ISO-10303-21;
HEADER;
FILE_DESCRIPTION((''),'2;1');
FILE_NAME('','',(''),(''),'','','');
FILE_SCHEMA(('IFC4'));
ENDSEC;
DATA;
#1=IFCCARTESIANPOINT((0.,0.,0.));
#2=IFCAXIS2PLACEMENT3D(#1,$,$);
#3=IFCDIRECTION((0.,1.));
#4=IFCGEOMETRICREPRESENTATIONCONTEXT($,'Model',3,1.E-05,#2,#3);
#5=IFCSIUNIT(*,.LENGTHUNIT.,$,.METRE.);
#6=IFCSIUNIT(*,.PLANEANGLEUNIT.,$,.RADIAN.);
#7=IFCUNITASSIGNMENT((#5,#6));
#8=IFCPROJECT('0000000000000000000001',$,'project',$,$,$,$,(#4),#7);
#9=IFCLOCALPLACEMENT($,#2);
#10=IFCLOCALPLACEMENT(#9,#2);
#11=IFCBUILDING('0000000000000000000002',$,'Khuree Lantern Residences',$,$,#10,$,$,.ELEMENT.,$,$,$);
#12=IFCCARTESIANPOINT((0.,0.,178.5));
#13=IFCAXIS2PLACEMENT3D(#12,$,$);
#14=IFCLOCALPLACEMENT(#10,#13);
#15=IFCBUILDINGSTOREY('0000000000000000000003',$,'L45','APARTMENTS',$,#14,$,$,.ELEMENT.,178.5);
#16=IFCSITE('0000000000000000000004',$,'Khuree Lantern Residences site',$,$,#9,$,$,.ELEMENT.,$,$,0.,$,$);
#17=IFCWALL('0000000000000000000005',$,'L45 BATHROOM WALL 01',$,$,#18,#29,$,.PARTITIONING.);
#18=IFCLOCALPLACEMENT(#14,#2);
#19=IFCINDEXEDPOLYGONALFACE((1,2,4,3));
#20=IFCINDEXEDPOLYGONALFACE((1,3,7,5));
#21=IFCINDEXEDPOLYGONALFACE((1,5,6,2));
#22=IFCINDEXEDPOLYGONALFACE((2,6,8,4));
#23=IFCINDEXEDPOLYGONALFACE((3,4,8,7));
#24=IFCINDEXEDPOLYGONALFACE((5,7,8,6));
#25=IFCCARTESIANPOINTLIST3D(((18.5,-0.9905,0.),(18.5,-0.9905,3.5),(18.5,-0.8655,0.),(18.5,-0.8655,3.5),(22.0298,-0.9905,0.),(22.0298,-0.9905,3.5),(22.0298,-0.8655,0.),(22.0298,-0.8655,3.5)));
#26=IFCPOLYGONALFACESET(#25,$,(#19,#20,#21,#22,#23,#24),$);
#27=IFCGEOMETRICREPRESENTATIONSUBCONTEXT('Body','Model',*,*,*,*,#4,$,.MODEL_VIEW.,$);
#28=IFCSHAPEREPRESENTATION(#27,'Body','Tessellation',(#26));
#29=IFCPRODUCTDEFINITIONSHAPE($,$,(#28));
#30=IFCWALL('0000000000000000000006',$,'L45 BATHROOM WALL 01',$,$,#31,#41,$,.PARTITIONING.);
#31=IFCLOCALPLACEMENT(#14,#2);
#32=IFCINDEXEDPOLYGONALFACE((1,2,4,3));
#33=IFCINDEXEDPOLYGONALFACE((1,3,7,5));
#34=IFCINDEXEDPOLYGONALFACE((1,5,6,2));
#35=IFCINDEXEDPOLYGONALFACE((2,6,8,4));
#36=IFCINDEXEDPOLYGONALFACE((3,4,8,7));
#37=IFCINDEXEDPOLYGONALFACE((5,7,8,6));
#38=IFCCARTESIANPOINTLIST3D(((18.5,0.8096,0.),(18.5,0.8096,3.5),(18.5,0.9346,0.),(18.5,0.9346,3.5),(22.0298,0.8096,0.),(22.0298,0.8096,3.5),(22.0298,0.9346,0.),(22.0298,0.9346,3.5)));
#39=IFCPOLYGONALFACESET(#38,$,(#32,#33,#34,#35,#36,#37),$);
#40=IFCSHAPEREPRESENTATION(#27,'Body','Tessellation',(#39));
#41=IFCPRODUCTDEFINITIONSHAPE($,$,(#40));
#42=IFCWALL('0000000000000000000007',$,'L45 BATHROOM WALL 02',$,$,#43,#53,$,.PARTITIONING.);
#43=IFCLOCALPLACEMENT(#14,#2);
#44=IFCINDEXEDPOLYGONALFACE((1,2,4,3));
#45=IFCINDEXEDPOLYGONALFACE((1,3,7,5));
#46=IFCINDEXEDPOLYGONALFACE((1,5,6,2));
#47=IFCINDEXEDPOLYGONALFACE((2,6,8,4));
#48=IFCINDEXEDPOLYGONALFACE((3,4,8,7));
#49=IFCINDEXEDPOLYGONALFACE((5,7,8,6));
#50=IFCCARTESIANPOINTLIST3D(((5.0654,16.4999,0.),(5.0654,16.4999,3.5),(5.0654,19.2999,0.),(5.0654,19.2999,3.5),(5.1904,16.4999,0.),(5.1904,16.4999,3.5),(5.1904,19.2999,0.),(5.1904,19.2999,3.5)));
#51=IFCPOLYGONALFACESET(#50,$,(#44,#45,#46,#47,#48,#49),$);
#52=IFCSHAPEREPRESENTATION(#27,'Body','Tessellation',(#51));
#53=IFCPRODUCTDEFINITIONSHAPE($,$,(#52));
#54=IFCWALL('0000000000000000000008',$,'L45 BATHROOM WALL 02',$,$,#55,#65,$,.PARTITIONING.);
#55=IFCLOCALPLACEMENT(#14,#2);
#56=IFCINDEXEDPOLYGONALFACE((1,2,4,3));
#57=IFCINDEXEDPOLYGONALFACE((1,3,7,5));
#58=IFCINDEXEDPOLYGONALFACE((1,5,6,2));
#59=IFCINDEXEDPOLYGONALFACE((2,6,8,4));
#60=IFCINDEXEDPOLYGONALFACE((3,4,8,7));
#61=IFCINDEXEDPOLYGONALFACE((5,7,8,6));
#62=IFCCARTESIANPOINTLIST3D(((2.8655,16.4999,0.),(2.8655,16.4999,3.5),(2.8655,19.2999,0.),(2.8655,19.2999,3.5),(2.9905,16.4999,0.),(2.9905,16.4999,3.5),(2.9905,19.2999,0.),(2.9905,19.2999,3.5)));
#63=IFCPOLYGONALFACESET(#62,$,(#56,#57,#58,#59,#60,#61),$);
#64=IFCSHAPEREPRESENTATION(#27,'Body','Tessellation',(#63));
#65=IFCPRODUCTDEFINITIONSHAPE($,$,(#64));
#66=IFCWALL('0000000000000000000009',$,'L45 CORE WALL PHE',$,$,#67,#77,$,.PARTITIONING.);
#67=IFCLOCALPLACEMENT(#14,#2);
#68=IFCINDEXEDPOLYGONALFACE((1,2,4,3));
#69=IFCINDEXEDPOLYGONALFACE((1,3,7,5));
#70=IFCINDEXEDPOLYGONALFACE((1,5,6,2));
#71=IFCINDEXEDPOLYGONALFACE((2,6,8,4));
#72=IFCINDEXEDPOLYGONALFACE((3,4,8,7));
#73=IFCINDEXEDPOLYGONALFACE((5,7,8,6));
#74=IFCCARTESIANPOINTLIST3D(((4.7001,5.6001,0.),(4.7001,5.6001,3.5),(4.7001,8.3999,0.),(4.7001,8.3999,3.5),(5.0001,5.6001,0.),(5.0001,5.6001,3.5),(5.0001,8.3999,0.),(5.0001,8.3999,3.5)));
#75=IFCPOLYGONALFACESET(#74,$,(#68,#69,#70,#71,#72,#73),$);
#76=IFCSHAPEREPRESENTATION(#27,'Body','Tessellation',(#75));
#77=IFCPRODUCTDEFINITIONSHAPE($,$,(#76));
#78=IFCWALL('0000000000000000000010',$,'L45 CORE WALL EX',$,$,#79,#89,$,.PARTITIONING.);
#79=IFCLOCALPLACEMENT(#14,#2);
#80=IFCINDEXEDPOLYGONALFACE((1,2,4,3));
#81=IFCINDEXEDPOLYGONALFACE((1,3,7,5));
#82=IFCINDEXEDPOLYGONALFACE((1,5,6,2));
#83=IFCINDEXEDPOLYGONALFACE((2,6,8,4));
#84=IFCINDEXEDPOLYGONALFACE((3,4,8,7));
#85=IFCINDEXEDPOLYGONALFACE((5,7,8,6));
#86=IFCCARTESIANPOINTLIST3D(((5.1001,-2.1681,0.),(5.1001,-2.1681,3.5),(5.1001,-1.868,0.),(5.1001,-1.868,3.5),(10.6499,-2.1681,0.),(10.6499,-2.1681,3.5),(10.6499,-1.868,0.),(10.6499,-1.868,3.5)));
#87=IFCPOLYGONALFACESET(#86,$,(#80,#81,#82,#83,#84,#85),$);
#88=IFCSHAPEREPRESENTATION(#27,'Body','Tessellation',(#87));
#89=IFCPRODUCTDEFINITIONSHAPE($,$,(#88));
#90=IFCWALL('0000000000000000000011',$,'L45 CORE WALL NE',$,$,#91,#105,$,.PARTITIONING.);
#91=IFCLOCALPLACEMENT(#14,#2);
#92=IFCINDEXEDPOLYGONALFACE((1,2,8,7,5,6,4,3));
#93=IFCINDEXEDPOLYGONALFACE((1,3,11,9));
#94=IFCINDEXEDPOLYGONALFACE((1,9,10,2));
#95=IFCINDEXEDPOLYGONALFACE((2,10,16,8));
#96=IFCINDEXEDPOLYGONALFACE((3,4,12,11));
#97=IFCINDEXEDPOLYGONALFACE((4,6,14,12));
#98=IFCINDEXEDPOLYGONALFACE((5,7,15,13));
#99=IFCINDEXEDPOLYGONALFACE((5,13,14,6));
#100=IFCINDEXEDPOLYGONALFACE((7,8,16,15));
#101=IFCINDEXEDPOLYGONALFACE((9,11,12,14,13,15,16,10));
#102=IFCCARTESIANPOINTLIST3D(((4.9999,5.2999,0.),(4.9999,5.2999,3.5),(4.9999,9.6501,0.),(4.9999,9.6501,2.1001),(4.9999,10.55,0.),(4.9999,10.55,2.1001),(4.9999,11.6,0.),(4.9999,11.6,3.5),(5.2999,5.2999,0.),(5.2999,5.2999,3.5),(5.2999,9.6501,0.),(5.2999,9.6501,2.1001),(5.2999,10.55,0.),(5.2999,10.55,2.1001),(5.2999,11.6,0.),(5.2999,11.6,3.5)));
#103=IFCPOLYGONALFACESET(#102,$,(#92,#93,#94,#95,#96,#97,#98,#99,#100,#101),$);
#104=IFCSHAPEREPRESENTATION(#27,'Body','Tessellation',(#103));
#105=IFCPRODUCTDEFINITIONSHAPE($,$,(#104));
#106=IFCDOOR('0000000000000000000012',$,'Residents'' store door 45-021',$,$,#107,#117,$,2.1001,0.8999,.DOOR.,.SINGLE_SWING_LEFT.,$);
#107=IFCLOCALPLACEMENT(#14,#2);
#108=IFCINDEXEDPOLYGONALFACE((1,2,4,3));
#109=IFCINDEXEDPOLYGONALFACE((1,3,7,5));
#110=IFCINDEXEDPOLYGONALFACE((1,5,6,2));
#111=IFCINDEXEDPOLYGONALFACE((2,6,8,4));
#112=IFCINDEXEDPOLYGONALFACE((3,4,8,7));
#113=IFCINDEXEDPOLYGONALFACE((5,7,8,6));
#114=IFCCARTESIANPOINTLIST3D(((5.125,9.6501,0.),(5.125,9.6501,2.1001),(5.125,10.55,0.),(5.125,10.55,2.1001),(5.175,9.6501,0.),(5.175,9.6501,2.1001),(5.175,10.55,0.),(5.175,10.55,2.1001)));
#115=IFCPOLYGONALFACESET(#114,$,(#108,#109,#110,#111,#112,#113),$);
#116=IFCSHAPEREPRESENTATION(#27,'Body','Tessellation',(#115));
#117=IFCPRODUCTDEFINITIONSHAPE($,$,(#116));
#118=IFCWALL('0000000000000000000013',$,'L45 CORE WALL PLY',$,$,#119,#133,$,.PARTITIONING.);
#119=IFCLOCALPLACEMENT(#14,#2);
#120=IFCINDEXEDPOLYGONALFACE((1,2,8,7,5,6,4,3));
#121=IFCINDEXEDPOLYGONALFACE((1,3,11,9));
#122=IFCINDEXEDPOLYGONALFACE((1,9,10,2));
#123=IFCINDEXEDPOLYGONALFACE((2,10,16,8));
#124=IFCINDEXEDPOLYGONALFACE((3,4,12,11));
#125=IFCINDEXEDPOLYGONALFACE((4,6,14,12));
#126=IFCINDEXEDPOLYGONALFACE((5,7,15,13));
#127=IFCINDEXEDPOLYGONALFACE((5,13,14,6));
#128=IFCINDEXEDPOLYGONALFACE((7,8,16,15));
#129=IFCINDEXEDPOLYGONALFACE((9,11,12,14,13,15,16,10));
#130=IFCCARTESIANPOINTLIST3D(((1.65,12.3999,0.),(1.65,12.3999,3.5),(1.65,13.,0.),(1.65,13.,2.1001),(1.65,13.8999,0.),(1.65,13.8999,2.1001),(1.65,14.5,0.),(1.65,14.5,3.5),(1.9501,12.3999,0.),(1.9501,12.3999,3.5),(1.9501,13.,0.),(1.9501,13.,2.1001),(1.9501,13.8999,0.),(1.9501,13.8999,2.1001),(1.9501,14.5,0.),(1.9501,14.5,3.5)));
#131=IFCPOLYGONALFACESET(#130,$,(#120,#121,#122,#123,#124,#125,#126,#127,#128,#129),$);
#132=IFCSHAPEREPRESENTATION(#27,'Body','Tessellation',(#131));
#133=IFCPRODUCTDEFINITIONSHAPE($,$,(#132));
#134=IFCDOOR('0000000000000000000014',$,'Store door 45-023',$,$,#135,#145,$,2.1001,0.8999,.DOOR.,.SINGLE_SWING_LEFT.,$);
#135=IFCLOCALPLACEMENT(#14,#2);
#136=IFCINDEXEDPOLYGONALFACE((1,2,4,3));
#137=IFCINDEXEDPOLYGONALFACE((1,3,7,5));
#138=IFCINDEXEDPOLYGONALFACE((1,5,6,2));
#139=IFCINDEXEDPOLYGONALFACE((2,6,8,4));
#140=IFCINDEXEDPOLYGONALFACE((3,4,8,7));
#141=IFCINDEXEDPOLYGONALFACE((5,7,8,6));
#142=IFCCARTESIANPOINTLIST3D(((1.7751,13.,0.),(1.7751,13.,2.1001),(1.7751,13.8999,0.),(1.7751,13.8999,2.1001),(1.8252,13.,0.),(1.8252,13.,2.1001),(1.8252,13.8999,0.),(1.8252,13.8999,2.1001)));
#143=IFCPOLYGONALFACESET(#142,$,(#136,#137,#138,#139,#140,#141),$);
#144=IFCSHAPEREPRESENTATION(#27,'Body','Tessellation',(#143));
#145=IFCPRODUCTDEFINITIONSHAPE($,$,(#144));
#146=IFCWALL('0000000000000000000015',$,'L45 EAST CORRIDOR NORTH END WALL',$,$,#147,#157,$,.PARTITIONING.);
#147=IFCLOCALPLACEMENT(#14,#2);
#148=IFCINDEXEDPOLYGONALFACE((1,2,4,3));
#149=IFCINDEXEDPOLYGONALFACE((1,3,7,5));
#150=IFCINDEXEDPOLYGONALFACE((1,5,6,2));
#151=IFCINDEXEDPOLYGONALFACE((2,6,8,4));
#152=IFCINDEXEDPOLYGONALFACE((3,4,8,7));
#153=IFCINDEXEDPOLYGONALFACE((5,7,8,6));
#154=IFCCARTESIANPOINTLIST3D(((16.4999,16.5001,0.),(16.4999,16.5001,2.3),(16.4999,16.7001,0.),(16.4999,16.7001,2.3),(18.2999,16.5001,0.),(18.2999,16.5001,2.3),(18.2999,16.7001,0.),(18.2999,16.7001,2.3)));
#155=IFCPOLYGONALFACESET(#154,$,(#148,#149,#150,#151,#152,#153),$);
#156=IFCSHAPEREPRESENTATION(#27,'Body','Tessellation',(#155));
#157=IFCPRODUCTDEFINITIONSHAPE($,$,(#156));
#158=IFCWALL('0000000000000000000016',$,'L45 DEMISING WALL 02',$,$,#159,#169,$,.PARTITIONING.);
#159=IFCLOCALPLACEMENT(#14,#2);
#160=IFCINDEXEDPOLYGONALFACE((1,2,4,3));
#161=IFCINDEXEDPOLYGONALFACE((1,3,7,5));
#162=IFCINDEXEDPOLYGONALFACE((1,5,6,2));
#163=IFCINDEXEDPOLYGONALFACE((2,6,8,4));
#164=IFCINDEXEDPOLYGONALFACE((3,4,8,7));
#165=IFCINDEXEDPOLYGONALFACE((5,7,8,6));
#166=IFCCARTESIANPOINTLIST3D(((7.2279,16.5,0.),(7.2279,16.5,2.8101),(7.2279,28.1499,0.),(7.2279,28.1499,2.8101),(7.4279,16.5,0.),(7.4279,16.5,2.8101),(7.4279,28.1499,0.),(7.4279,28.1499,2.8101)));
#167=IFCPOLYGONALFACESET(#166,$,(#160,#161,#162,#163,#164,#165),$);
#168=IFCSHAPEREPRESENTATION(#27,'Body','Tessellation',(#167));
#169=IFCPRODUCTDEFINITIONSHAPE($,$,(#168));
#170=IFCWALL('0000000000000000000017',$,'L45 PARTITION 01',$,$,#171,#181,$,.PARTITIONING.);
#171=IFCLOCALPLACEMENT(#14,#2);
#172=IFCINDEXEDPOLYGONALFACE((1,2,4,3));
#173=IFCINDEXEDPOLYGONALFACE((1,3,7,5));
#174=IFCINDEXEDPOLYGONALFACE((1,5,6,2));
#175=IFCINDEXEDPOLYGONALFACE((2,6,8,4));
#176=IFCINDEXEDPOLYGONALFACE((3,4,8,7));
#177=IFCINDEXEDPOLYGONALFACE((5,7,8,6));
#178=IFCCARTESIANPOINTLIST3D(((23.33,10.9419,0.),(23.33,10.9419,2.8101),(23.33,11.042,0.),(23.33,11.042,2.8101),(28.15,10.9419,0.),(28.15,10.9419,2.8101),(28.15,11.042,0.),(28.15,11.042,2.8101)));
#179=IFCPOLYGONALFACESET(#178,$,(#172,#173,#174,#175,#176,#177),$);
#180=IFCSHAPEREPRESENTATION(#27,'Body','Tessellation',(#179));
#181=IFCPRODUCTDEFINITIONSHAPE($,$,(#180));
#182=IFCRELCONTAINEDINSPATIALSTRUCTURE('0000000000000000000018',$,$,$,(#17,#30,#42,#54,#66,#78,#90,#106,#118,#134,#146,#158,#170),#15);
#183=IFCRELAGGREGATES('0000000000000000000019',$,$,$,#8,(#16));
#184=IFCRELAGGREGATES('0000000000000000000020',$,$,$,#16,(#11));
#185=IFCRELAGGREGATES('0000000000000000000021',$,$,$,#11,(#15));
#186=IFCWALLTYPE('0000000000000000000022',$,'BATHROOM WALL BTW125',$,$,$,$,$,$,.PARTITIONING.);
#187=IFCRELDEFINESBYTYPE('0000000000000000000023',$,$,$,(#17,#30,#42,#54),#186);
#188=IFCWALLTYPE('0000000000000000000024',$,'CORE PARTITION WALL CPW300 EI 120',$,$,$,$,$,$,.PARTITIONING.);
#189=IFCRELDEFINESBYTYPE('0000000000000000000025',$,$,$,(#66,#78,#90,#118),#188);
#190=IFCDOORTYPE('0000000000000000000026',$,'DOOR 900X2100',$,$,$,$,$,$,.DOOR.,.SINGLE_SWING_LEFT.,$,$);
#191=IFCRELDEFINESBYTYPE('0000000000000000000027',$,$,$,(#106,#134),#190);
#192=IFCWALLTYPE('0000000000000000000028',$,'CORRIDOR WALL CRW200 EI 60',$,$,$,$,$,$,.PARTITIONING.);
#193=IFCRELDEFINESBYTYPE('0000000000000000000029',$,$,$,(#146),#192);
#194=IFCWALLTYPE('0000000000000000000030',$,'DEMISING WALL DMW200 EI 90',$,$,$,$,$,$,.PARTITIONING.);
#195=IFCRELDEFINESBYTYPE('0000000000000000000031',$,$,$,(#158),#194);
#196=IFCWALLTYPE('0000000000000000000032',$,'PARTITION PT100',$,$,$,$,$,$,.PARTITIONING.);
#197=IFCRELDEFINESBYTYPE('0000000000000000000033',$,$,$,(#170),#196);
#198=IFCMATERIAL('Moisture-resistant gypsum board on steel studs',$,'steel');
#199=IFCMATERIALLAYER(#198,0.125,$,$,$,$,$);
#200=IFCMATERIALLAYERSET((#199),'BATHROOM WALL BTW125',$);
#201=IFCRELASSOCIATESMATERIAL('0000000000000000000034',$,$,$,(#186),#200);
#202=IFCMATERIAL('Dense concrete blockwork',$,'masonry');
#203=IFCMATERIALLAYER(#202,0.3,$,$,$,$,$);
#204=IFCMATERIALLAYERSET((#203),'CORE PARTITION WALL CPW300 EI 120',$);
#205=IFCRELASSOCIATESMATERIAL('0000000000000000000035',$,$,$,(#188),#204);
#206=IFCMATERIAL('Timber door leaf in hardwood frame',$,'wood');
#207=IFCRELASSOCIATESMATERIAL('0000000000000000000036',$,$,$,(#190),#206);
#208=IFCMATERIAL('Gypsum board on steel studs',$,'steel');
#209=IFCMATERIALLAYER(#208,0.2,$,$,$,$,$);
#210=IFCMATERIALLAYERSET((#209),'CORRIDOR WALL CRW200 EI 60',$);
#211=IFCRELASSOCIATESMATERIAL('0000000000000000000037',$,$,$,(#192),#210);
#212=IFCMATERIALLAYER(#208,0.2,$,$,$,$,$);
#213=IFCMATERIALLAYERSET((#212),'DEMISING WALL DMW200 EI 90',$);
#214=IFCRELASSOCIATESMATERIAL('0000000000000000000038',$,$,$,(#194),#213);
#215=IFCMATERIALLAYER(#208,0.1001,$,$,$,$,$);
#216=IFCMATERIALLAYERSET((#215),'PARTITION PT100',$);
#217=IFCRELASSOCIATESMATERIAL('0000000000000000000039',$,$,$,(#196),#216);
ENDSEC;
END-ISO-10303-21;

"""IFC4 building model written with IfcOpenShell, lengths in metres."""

from ifc_helpers import new_model, si_unit, direction, frame, frame_2d, origin, place, context, subcontext, project, spatial, rectangle, extrude, material, layer, layer_set, type_object, element, fill, save


model = new_model("IFC4")

# Units and contexts
model_context = context("Model", 3, precision=1e-05, world=origin(), true_north=direction((0.0, 1.0)))
body_context = subcontext(model_context, "Body", "Model", "MODEL_VIEW")
ifc_project = project(units=[si_unit("LENGTHUNIT", "METRE"), si_unit("PLANEANGLEUNIT", "RADIAN")], contexts=[model_context])

# Site, building, storey
site_placement = place(None, origin())
site = spatial("IfcSite", under=ifc_project, at=site_placement, Name="Khuree Lantern Residences site", CompositionType="ELEMENT", RefElevation=0.0)
building_placement = place(site_placement, origin())
building = spatial("IfcBuilding", under=site, at=building_placement, Name="Khuree Lantern Residences", CompositionType="ELEMENT")
storey_placement = place(building_placement, frame((0.0, 0.0, 178.5)))
storey = spatial("IfcBuildingStorey", under=building, at=storey_placement, Name="L45", Description="APARTMENTS", CompositionType="ELEMENT", Elevation=178.5)

# Walls
ifc_material_1 = material(Name="Moisture-resistant gypsum board on steel studs", Category="steel")
ifc_layer_1 = layer(ifc_material_1, 0.125)
ifc_layer_set_1 = layer_set([ifc_layer_1], Name="BATHROOM WALL BTW125")
wall_type_1 = type_object("IfcWallType", Name="BATHROOM WALL BTW125", PredefinedType="PARTITIONING", material=ifc_layer_set_1)
for number, where, z_axis, x_axis, name in (
    (1, (18.5, -0.928, 0.0), (0.0, 0.0, 1.0), (1.0, 0.0, 0.0), "L45 BATHROOM WALL 01"),
    (2, (18.5, 0.8721, 0.0), (0.0, 0.0, 1.0), (1.0, 0.0, 0.0), "L45 BATHROOM WALL 01"),
):
    element("IfcWall", number, at=place(storey_placement, frame(where, z_axis=z_axis, x_axis=x_axis)), inside=storey, type_object=wall_type_1, Name=name, PredefinedType="PARTITIONING", context=body_context, shape_type="SweptSolid", body=[
        extrude(rectangle(XDim=3.5298, YDim=0.125, at=frame_2d((1.7649, 0.0))), origin(), (0.0, 0.0, 1.0), 3.5),
    ])
for number, where, z_axis, x_axis, name in (
    (3, (5.1279, 16.5, 0.0), (0.0, 0.0, 1.0), (0.0, 1.0, 0.0), "L45 BATHROOM WALL 02"),
    (4, (2.928, 16.5, 0.0), (0.0, 0.0, 1.0), (0.0, 1.0, 0.0), "L45 BATHROOM WALL 02"),
):
    element("IfcWall", number, at=place(storey_placement, frame(where, z_axis=z_axis, x_axis=x_axis)), inside=storey, type_object=wall_type_1, Name=name, PredefinedType="PARTITIONING", context=body_context, shape_type="SweptSolid", body=[
        extrude(rectangle(XDim=2.8, YDim=0.125, at=frame_2d((1.3999, 0.0))), origin(), (0.0, 0.0, 1.0), 3.5),
    ])
ifc_material_2 = material(Name="Dense concrete blockwork", Category="masonry")
ifc_layer_2 = layer(ifc_material_2, 0.3)
ifc_layer_set_2 = layer_set([ifc_layer_2], Name="CORE PARTITION WALL CPW300 EI 120")
wall_type_2 = type_object("IfcWallType", Name="CORE PARTITION WALL CPW300 EI 120", PredefinedType="PARTITIONING", material=ifc_layer_set_2)
wall_1_placement = place(storey_placement, frame((4.8501, 5.6001, 0.0), z_axis=(0.0, 0.0, 1.0), x_axis=(0.0, 1.0, 0.0)))
element("IfcWall", 5, at=wall_1_placement, inside=storey, type_object=wall_type_2, Name="L45 CORE WALL PHE", PredefinedType="PARTITIONING", context=body_context, shape_type="SweptSolid", body=[
    extrude(rectangle(XDim=2.7998, YDim=0.3, at=frame_2d((1.3999, 0.0))), origin(), (0.0, 0.0, 1.0), 3.5),
])
wall_2_placement = place(storey_placement, frame((10.6499, -2.0181, 0.0), z_axis=(0.0, 0.0, 1.0), x_axis=(-1.0, 0.0, 0.0)))
element("IfcWall", 6, at=wall_2_placement, inside=storey, type_object=wall_type_2, Name="L45 CORE WALL EX", PredefinedType="PARTITIONING", context=body_context, shape_type="SweptSolid", body=[
    extrude(rectangle(XDim=5.5498, YDim=0.3, at=frame_2d((2.7749, 0.0))), origin(), (0.0, 0.0, 1.0), 3.5),
])

# Walls, openings, doors
wall_3_placement = place(storey_placement, frame((5.1499, 5.3, 0.0), z_axis=(0.0, 0.0, 1.0), x_axis=(0.0, 1.0, 0.0)))
wall_3 = element("IfcWall", 7, at=wall_3_placement, inside=storey, type_object=wall_type_2, Name="L45 CORE WALL NE", PredefinedType="PARTITIONING", context=body_context, shape_type="SweptSolid", body=[
    extrude(rectangle(XDim=6.3, YDim=0.3, at=frame_2d((3.1499, 0.0))), origin(), (0.0, 0.0, 1.0), 3.5),
])
opening_1_placement = place(wall_3_placement, frame((4.3501, 0.0, 0.0)))
opening_1 = element("IfcOpeningElement", 8, at=opening_1_placement, cuts=wall_3, PredefinedType="OPENING", context=body_context, shape_type="SweptSolid", body=[
    extrude(rectangle(XDim=0.8999, YDim=2.1001, at=frame_2d((0.45, 1.05))), frame((0.0, 0.1602, 0.0), z_axis=(0.0, -1.0, 0.0), x_axis=(1.0, 0.0, 0.0)), (0.0, 0.0, 1.0), 0.3201),
])
ifc_material_3 = material(Name="Timber door leaf in hardwood frame", Category="wood")
door_type = type_object("IfcDoorType", Name="DOOR 900X2100", OperationType="SINGLE_SWING_LEFT", PredefinedType="DOOR", material=ifc_material_3)
door_1_placement = place(opening_1_placement, origin())
door_1 = element("IfcDoor", 9, at=door_1_placement, inside=storey, type_object=door_type, Name="Residents' store door 45-021", OperationType="SINGLE_SWING_LEFT", OverallHeight=2.1001, OverallWidth=0.8999, PredefinedType="DOOR", context=body_context, shape_type="SweptSolid", body=[
    extrude(rectangle(XDim=0.8999, YDim=2.1001, at=frame_2d((0.45, 1.05))), frame((0.0, 0.0249, 0.0), z_axis=(0.0, -1.0, 0.0), x_axis=(1.0, 0.0, 0.0)), (0.0, 0.0, 1.0), 0.05),
])
fill(opening_1, door_1)
wall_4_placement = place(storey_placement, frame((1.8, 12.3999, 0.0), z_axis=(0.0, 0.0, 1.0), x_axis=(0.0, 1.0, 0.0)))
wall_4 = element("IfcWall", 10, at=wall_4_placement, inside=storey, type_object=wall_type_2, Name="L45 CORE WALL PLY", PredefinedType="PARTITIONING", context=body_context, shape_type="SweptSolid", body=[
    extrude(rectangle(XDim=2.1001, YDim=0.3, at=frame_2d((1.05, 0.0))), origin(), (0.0, 0.0, 1.0), 3.5),
])
opening_2_placement = place(wall_4_placement, frame((0.6001, 0.0, 0.0)))
opening_2 = element("IfcOpeningElement", 11, at=opening_2_placement, cuts=wall_4, PredefinedType="OPENING", context=body_context, shape_type="SweptSolid", body=[
    extrude(rectangle(XDim=0.8999, YDim=2.1001, at=frame_2d((0.45, 1.05))), frame((0.0, 0.1602, 0.0), z_axis=(0.0, -1.0, 0.0), x_axis=(1.0, 0.0, 0.0)), (0.0, 0.0, 1.0), 0.3201),
])
door_2_placement = place(opening_2_placement, origin())
door_2 = element("IfcDoor", 12, at=door_2_placement, inside=storey, type_object=door_type, Name="Store door 45-023", OperationType="SINGLE_SWING_LEFT", OverallHeight=2.1001, OverallWidth=0.8999, PredefinedType="DOOR", context=body_context, shape_type="SweptSolid", body=[
    extrude(rectangle(XDim=0.8999, YDim=2.1001, at=frame_2d((0.45, 1.05))), frame((0.0, 0.0249, 0.0), z_axis=(0.0, -1.0, 0.0), x_axis=(1.0, 0.0, 0.0)), (0.0, 0.0, 1.0), 0.05),
])
fill(opening_2, door_2)

# Walls
ifc_material_4 = material(Name="Gypsum board on steel studs", Category="steel")
ifc_layer_3 = layer(ifc_material_4, 0.2)
ifc_layer_set_3 = layer_set([ifc_layer_3], Name="CORRIDOR WALL CRW200 EI 60")
wall_type_3 = type_object("IfcWallType", Name="CORRIDOR WALL CRW200 EI 60", PredefinedType="PARTITIONING", material=ifc_layer_set_3)
wall_5_placement = place(storey_placement, frame((16.5, 16.6001, 0.0), z_axis=(0.0, 0.0, 1.0), x_axis=(1.0, 0.0, 0.0)))
element("IfcWall", 13, at=wall_5_placement, inside=storey, type_object=wall_type_3, Name="L45 EAST CORRIDOR NORTH END WALL", PredefinedType="PARTITIONING", context=body_context, shape_type="SweptSolid", body=[
    extrude(rectangle(XDim=1.8, YDim=0.2, at=frame_2d((0.8999, 0.0))), origin(), (0.0, 0.0, 1.0), 2.3),
])
ifc_layer_4 = layer(ifc_material_4, 0.2)
ifc_layer_set_4 = layer_set([ifc_layer_4], Name="DEMISING WALL DMW200 EI 90")
wall_type_4 = type_object("IfcWallType", Name="DEMISING WALL DMW200 EI 90", PredefinedType="PARTITIONING", material=ifc_layer_set_4)
wall_6_placement = place(storey_placement, frame((7.3279, 16.5, 0.0), z_axis=(0.0, 0.0, 1.0), x_axis=(0.0, 1.0, 0.0)))
element("IfcWall", 14, at=wall_6_placement, inside=storey, type_object=wall_type_4, Name="L45 DEMISING WALL 02", PredefinedType="PARTITIONING", context=body_context, shape_type="SweptSolid", body=[
    extrude(rectangle(XDim=11.6499, YDim=0.2, at=frame_2d((5.825, 0.0))), origin(), (0.0, 0.0, 1.0), 2.8101),
])
ifc_layer_5 = layer(ifc_material_4, 0.1001)
ifc_layer_set_5 = layer_set([ifc_layer_5], Name="PARTITION PT100")
wall_type_5 = type_object("IfcWallType", Name="PARTITION PT100", PredefinedType="PARTITIONING", material=ifc_layer_set_5)
wall_7_placement = place(storey_placement, frame((23.3298, 10.9919, 0.0), z_axis=(0.0, 0.0, 1.0), x_axis=(1.0, 0.0, 0.0)))
element("IfcWall", 15, at=wall_7_placement, inside=storey, type_object=wall_type_5, Name="L45 PARTITION 01", PredefinedType="PARTITIONING", context=body_context, shape_type="SweptSolid", body=[
    extrude(rectangle(XDim=4.8201, YDim=0.1001, at=frame_2d((2.4102, 0.0))), origin(), (0.0, 0.0, 1.0), 2.8101),
])

save(model, "model.ifc")
